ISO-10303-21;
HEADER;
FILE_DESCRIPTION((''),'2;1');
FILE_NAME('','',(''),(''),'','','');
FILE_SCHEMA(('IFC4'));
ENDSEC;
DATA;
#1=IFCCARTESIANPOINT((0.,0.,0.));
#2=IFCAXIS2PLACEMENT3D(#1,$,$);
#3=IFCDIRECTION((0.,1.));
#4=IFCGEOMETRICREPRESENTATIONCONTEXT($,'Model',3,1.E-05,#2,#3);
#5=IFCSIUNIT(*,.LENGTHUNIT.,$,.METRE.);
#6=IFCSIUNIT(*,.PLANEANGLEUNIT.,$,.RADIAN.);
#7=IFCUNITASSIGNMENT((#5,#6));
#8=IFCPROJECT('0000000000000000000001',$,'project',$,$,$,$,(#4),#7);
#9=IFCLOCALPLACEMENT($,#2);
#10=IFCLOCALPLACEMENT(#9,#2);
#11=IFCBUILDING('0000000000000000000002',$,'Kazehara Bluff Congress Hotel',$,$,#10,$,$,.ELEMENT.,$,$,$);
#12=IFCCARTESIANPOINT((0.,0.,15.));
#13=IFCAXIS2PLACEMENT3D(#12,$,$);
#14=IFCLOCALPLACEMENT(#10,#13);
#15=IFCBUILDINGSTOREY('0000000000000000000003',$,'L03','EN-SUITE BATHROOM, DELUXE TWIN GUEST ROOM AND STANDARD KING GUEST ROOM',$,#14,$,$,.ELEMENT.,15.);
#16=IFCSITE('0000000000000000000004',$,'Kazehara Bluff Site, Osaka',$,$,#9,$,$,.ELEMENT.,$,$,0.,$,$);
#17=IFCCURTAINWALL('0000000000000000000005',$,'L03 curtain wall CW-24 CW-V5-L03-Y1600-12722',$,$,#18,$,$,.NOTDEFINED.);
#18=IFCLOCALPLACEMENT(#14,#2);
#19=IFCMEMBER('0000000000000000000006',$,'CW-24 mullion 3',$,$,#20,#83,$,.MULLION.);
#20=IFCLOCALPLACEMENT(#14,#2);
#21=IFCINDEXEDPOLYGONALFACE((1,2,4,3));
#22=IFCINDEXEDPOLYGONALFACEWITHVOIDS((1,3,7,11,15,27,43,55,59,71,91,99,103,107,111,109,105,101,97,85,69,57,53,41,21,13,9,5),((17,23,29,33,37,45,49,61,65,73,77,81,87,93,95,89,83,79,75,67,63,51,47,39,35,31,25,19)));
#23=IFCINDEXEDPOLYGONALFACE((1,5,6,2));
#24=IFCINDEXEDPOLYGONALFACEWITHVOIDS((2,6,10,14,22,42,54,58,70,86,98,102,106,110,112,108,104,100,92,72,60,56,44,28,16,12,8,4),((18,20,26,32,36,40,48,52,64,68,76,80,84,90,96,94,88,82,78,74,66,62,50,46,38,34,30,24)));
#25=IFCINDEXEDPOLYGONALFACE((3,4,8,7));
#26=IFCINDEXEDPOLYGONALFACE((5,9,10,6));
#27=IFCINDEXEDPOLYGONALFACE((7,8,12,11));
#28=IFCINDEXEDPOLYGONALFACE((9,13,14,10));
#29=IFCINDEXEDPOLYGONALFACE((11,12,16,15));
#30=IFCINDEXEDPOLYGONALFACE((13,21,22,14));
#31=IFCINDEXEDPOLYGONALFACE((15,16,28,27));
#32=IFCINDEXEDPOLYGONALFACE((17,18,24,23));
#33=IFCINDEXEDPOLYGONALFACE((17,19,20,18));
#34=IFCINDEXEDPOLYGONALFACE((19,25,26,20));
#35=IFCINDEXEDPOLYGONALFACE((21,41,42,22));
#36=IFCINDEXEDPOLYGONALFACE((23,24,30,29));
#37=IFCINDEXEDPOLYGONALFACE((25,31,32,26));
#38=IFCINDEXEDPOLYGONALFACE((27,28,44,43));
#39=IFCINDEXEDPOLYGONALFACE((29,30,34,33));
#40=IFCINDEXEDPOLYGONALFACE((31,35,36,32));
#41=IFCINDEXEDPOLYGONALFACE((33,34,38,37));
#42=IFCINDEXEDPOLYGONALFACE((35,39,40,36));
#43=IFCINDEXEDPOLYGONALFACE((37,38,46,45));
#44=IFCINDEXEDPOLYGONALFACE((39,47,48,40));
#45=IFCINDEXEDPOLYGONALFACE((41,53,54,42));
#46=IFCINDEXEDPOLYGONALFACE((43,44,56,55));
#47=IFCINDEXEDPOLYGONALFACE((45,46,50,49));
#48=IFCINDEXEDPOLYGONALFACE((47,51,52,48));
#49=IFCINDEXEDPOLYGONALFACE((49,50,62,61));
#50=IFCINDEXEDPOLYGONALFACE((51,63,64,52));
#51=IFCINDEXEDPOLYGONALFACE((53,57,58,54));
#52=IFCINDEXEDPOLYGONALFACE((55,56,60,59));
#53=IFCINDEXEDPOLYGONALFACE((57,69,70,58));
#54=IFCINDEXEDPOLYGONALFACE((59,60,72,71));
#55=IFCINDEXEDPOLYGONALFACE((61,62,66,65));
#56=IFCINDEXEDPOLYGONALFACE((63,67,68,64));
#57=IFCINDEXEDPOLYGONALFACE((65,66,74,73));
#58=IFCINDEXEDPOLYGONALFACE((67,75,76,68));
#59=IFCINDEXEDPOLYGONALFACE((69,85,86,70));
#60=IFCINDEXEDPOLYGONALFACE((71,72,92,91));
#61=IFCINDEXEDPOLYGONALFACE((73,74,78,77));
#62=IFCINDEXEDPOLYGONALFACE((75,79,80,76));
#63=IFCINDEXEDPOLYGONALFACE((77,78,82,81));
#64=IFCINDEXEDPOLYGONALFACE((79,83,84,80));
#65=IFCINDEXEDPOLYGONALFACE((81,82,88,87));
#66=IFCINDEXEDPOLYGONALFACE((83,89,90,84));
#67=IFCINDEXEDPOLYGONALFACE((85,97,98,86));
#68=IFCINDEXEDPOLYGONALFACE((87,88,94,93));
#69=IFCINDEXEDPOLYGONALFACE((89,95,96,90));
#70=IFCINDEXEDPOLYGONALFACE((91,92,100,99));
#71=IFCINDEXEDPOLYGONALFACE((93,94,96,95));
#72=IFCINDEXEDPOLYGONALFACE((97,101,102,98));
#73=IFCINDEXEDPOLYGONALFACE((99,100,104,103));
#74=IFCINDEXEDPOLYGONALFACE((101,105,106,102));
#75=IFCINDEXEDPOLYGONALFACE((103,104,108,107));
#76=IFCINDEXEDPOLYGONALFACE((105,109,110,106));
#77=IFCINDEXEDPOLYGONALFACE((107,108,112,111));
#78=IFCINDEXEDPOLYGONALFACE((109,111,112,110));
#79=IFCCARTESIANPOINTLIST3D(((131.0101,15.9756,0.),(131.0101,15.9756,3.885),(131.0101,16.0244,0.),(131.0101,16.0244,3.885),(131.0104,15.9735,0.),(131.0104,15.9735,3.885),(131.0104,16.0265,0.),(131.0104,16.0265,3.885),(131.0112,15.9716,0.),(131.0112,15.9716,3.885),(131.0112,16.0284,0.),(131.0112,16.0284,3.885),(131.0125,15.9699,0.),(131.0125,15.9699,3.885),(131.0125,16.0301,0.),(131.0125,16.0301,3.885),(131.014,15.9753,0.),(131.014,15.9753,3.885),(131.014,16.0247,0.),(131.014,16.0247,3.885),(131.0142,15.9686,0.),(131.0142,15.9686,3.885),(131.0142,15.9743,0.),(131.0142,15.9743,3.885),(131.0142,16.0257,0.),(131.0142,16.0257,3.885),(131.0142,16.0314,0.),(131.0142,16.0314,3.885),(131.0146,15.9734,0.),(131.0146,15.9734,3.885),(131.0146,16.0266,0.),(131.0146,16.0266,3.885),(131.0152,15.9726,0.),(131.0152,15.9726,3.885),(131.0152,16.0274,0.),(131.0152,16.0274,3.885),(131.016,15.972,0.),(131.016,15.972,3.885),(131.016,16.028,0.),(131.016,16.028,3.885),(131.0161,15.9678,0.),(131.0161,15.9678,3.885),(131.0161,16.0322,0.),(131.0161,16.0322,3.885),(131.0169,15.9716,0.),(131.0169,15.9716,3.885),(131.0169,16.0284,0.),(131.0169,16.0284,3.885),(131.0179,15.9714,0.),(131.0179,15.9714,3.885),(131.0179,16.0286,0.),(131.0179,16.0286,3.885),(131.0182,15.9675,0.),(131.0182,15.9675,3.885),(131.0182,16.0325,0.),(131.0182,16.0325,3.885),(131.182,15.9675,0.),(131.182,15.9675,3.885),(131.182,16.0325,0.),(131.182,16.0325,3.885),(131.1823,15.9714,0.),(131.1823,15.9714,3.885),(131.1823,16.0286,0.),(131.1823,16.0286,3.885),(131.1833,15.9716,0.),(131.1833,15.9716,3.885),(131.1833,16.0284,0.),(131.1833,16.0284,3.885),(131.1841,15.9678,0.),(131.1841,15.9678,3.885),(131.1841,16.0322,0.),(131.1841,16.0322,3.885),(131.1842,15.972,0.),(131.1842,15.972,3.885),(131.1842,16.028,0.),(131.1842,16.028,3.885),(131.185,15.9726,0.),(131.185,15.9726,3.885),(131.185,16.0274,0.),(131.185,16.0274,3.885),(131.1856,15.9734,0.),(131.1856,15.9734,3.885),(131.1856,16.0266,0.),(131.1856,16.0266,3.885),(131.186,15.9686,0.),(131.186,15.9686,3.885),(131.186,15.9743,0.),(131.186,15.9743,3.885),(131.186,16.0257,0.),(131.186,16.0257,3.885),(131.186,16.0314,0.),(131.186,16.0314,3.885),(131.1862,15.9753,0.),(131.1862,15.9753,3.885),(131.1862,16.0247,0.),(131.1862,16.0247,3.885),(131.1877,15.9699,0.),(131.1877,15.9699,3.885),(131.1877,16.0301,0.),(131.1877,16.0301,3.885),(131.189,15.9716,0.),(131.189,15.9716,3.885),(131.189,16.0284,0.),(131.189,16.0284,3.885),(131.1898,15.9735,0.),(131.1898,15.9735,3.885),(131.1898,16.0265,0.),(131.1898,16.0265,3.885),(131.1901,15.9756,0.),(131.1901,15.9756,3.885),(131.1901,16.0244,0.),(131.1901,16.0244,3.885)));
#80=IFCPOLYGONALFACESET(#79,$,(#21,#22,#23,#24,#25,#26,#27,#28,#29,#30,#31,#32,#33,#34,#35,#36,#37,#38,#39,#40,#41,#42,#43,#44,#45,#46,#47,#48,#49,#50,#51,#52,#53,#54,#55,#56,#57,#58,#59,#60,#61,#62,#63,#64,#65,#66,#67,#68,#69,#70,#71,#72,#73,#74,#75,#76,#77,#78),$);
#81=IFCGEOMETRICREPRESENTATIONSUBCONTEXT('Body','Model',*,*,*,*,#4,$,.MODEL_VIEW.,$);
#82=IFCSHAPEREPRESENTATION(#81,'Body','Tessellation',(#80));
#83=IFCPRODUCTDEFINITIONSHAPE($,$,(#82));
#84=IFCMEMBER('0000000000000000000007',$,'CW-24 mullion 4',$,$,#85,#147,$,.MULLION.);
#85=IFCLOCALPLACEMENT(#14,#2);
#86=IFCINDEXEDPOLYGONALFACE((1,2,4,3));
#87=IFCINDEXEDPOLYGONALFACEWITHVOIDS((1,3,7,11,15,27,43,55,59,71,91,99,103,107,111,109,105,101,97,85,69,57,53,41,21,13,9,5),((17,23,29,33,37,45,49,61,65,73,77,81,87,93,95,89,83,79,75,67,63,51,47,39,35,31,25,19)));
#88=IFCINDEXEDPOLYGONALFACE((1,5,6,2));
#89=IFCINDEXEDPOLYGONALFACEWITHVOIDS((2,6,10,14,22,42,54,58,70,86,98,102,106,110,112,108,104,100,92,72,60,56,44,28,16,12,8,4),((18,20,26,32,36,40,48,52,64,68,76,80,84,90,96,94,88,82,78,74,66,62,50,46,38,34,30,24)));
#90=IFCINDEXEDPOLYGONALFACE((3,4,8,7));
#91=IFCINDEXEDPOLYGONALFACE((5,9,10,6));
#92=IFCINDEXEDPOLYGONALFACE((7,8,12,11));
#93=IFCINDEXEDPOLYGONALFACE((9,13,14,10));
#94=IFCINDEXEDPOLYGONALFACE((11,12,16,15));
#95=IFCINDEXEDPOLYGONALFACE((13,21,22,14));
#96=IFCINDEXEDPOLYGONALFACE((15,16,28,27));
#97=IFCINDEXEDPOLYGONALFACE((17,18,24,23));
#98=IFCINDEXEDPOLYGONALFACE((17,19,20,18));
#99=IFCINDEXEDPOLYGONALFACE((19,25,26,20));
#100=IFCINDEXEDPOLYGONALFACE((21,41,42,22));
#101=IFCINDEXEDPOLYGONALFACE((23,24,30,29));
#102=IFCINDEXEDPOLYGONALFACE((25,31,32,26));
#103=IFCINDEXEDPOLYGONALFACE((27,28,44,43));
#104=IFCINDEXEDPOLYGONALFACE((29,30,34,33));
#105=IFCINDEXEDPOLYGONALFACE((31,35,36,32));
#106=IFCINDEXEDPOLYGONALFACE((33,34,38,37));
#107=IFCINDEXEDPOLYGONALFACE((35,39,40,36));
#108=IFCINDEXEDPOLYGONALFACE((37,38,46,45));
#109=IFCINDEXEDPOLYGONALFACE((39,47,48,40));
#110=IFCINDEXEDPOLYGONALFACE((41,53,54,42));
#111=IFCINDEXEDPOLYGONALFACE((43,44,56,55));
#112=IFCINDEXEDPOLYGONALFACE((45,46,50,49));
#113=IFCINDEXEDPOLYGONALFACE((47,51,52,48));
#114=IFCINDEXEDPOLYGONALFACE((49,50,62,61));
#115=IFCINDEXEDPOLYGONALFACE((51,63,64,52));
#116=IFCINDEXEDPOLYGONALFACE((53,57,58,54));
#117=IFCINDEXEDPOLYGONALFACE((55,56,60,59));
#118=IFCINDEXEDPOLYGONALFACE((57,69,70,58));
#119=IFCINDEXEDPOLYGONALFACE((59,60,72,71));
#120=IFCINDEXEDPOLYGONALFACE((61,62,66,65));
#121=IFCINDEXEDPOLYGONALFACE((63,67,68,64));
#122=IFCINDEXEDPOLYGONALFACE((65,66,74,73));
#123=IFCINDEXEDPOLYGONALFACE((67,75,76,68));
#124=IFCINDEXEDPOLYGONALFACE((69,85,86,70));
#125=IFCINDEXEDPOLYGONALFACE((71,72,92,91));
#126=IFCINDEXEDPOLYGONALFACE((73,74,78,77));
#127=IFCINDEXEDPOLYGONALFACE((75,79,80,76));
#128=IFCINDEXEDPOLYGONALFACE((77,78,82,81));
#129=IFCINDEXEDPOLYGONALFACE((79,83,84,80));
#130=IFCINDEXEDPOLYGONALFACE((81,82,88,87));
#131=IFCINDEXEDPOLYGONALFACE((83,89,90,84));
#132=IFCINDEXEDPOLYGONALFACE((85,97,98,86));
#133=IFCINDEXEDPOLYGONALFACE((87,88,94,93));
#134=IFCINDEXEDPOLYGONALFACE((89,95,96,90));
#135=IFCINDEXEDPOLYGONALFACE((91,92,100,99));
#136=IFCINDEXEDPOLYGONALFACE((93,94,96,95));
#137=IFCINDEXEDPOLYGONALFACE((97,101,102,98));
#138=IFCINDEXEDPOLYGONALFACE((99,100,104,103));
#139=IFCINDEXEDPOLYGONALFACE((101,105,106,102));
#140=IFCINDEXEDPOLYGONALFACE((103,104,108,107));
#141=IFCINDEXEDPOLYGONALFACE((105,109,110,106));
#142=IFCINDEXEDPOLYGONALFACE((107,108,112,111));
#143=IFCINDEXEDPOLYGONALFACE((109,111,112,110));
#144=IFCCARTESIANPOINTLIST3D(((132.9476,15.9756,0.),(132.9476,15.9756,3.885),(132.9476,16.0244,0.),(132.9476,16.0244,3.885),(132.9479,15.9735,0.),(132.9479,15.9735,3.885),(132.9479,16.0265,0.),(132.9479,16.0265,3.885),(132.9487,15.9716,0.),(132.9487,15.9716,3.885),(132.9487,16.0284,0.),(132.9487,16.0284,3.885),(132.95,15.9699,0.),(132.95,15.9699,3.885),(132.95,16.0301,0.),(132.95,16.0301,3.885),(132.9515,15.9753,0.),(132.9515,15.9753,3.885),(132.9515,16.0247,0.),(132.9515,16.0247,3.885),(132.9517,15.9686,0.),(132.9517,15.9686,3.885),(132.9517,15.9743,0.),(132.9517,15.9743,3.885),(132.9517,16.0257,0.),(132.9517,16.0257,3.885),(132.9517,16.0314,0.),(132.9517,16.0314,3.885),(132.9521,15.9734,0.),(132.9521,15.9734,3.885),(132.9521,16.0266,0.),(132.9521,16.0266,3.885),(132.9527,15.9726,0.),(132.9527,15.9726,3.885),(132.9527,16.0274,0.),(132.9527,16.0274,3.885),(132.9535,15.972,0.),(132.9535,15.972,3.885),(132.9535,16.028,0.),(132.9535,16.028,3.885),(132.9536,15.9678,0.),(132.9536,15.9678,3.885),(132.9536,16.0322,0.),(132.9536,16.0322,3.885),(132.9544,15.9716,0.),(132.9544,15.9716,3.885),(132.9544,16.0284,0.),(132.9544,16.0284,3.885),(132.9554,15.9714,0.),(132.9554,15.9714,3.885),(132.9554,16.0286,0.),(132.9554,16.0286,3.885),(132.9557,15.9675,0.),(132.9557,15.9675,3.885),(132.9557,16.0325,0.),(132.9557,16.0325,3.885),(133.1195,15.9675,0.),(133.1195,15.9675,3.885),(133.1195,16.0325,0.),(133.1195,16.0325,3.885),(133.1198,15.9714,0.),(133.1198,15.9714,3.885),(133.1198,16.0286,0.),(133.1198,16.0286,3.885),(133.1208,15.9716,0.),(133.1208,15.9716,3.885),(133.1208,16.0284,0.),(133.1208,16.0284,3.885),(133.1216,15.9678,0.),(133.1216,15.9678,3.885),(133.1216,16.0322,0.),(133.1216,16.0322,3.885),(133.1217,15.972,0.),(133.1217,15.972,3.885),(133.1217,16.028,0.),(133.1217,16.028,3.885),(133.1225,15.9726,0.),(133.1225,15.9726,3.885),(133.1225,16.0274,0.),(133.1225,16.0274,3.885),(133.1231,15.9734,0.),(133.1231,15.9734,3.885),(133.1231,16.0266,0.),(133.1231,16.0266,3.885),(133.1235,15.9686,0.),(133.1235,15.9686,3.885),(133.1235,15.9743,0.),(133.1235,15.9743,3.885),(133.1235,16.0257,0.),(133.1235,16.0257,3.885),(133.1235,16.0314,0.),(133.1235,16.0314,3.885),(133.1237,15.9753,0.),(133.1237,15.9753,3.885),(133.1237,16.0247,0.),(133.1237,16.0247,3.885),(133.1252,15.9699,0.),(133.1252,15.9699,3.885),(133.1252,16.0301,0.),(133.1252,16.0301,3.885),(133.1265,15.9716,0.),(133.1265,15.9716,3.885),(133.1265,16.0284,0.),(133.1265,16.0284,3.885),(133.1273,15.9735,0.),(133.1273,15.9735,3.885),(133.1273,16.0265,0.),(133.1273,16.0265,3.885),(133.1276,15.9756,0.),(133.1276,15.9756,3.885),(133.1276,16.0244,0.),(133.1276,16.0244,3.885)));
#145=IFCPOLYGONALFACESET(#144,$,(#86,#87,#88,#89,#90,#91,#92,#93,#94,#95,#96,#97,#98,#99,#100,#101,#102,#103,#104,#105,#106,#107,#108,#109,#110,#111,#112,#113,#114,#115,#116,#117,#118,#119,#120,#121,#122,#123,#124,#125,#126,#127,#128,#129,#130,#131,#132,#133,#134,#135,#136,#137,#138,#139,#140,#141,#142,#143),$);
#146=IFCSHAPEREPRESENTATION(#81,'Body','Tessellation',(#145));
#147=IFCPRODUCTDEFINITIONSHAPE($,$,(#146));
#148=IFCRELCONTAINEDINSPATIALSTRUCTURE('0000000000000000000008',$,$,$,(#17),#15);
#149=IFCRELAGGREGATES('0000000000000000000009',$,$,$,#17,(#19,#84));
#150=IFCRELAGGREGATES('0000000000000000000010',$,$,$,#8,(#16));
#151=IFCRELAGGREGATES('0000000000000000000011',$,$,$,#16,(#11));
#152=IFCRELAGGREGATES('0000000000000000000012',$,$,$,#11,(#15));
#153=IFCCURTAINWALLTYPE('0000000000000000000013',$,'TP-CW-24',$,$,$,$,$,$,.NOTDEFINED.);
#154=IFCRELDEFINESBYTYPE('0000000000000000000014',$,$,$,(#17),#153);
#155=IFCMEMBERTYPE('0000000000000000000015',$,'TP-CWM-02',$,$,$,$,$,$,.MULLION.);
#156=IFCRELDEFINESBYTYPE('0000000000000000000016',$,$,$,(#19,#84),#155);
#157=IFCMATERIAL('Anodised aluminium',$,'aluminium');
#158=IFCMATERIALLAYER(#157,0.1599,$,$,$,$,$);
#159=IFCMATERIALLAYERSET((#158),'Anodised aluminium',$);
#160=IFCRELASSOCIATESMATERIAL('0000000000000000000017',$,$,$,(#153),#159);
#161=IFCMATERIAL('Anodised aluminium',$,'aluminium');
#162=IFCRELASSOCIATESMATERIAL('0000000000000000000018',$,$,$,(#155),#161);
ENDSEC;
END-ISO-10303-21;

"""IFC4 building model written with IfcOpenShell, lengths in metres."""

from ifc_helpers import new_model, si_unit, direction, frame, origin, origin_2d, place, context, subcontext, project, spatial, hollow_rectangle, extrude, material, layer, layer_set, material_profile, profile_set, type_object, element, aggregate, save


model = new_model("IFC4")

# Units and contexts
model_context = context("Model", 3, precision=1e-05, world=origin(), true_north=direction((0.0, 1.0)))
body_context = subcontext(model_context, "Body", "Model", "MODEL_VIEW")
ifc_project = project(units=[si_unit("LENGTHUNIT", "METRE"), si_unit("PLANEANGLEUNIT", "RADIAN")], contexts=[model_context])

# Site, building, storey
site_placement = place(None, origin())
site = spatial("IfcSite", under=ifc_project, at=site_placement, Name="Kazehara Bluff Site, Osaka", CompositionType="ELEMENT", RefElevation=0.0)
building_placement = place(site_placement, origin())
building = spatial("IfcBuilding", under=site, at=building_placement, Name="Kazehara Bluff Congress Hotel", CompositionType="ELEMENT")
storey_placement = place(building_placement, frame((0.0, 0.0, 15.0)))
storey = spatial("IfcBuildingStorey", under=building, at=storey_placement, Name="L03", Description="EN-SUITE BATHROOM, DELUXE TWIN GUEST ROOM AND STANDARD KING GUEST ROOM", CompositionType="ELEMENT", Elevation=15.0)

# Curtain wall, members
ifc_material_1 = material(Name="Anodised aluminium", Category="aluminium")
ifc_layer_1 = layer(ifc_material_1, 0.1599)
ifc_layer_set_1 = layer_set([ifc_layer_1], Name="Anodised aluminium")
curtain_wall_type_1 = type_object("IfcCurtainWallType", Name="TP-CW-24", PredefinedType="NOTDEFINED", material=ifc_layer_set_1)
curtain_wall_1_placement = place(storey_placement, origin())
curtain_wall_1 = element("IfcCurtainWall", 1, at=curtain_wall_1_placement, inside=storey, type_object=curtain_wall_type_1, Name="L03 curtain wall CW-24 CW-V5-L03-Y1600-12722", PredefinedType="NOTDEFINED")
ifc_material_2 = material(Name="Anodised aluminium", Category="aluminium")
ifc_material_profile_1 = material_profile(ifc_material_2, hollow_rectangle(XDim=0.0649, YDim=0.1799, WallThickness=0.0039, InnerFilletRadius=0.0039, OuterFilletRadius=0.0081, at=origin_2d()))
ifc_profile_set_1 = profile_set([ifc_material_profile_1], Name="Anodised aluminium")
member_type_1 = type_object("IfcMemberType", Name="TP-CWM-02", PredefinedType="MULLION", material=ifc_profile_set_1)
member_1_placement = place(storey_placement, frame((131.1001, 16.0, 0.0), z_axis=(0.0, 0.0, 1.0), x_axis=(0.0, 1.0, 0.0)))
member_1 = element("IfcMember", 2, at=member_1_placement, type_object=member_type_1, Name="CW-24 mullion 3", PredefinedType="MULLION", context=body_context, shape_type="SweptSolid", body=[
    extrude(hollow_rectangle(XDim=0.0649, YDim=0.1799, WallThickness=0.0039, InnerFilletRadius=0.0039, OuterFilletRadius=0.0081, at=origin_2d()), origin(), (0.0, 0.0, 1.0), 3.885),
])
member_2_placement = place(storey_placement, frame((133.0376, 16.0, 0.0), z_axis=(0.0, 0.0, 1.0), x_axis=(0.0, 1.0, 0.0)))
member_2 = element("IfcMember", 3, at=member_2_placement, type_object=member_type_1, Name="CW-24 mullion 4", PredefinedType="MULLION", context=body_context, shape_type="SweptSolid", body=[
    extrude(hollow_rectangle(XDim=0.0649, YDim=0.1799, WallThickness=0.0039, InnerFilletRadius=0.0039, OuterFilletRadius=0.0081, at=origin_2d()), origin(), (0.0, 0.0, 1.0), 3.885),
])

aggregate(curtain_wall_1, [member_1, member_2])

save(model, "model.ifc")
